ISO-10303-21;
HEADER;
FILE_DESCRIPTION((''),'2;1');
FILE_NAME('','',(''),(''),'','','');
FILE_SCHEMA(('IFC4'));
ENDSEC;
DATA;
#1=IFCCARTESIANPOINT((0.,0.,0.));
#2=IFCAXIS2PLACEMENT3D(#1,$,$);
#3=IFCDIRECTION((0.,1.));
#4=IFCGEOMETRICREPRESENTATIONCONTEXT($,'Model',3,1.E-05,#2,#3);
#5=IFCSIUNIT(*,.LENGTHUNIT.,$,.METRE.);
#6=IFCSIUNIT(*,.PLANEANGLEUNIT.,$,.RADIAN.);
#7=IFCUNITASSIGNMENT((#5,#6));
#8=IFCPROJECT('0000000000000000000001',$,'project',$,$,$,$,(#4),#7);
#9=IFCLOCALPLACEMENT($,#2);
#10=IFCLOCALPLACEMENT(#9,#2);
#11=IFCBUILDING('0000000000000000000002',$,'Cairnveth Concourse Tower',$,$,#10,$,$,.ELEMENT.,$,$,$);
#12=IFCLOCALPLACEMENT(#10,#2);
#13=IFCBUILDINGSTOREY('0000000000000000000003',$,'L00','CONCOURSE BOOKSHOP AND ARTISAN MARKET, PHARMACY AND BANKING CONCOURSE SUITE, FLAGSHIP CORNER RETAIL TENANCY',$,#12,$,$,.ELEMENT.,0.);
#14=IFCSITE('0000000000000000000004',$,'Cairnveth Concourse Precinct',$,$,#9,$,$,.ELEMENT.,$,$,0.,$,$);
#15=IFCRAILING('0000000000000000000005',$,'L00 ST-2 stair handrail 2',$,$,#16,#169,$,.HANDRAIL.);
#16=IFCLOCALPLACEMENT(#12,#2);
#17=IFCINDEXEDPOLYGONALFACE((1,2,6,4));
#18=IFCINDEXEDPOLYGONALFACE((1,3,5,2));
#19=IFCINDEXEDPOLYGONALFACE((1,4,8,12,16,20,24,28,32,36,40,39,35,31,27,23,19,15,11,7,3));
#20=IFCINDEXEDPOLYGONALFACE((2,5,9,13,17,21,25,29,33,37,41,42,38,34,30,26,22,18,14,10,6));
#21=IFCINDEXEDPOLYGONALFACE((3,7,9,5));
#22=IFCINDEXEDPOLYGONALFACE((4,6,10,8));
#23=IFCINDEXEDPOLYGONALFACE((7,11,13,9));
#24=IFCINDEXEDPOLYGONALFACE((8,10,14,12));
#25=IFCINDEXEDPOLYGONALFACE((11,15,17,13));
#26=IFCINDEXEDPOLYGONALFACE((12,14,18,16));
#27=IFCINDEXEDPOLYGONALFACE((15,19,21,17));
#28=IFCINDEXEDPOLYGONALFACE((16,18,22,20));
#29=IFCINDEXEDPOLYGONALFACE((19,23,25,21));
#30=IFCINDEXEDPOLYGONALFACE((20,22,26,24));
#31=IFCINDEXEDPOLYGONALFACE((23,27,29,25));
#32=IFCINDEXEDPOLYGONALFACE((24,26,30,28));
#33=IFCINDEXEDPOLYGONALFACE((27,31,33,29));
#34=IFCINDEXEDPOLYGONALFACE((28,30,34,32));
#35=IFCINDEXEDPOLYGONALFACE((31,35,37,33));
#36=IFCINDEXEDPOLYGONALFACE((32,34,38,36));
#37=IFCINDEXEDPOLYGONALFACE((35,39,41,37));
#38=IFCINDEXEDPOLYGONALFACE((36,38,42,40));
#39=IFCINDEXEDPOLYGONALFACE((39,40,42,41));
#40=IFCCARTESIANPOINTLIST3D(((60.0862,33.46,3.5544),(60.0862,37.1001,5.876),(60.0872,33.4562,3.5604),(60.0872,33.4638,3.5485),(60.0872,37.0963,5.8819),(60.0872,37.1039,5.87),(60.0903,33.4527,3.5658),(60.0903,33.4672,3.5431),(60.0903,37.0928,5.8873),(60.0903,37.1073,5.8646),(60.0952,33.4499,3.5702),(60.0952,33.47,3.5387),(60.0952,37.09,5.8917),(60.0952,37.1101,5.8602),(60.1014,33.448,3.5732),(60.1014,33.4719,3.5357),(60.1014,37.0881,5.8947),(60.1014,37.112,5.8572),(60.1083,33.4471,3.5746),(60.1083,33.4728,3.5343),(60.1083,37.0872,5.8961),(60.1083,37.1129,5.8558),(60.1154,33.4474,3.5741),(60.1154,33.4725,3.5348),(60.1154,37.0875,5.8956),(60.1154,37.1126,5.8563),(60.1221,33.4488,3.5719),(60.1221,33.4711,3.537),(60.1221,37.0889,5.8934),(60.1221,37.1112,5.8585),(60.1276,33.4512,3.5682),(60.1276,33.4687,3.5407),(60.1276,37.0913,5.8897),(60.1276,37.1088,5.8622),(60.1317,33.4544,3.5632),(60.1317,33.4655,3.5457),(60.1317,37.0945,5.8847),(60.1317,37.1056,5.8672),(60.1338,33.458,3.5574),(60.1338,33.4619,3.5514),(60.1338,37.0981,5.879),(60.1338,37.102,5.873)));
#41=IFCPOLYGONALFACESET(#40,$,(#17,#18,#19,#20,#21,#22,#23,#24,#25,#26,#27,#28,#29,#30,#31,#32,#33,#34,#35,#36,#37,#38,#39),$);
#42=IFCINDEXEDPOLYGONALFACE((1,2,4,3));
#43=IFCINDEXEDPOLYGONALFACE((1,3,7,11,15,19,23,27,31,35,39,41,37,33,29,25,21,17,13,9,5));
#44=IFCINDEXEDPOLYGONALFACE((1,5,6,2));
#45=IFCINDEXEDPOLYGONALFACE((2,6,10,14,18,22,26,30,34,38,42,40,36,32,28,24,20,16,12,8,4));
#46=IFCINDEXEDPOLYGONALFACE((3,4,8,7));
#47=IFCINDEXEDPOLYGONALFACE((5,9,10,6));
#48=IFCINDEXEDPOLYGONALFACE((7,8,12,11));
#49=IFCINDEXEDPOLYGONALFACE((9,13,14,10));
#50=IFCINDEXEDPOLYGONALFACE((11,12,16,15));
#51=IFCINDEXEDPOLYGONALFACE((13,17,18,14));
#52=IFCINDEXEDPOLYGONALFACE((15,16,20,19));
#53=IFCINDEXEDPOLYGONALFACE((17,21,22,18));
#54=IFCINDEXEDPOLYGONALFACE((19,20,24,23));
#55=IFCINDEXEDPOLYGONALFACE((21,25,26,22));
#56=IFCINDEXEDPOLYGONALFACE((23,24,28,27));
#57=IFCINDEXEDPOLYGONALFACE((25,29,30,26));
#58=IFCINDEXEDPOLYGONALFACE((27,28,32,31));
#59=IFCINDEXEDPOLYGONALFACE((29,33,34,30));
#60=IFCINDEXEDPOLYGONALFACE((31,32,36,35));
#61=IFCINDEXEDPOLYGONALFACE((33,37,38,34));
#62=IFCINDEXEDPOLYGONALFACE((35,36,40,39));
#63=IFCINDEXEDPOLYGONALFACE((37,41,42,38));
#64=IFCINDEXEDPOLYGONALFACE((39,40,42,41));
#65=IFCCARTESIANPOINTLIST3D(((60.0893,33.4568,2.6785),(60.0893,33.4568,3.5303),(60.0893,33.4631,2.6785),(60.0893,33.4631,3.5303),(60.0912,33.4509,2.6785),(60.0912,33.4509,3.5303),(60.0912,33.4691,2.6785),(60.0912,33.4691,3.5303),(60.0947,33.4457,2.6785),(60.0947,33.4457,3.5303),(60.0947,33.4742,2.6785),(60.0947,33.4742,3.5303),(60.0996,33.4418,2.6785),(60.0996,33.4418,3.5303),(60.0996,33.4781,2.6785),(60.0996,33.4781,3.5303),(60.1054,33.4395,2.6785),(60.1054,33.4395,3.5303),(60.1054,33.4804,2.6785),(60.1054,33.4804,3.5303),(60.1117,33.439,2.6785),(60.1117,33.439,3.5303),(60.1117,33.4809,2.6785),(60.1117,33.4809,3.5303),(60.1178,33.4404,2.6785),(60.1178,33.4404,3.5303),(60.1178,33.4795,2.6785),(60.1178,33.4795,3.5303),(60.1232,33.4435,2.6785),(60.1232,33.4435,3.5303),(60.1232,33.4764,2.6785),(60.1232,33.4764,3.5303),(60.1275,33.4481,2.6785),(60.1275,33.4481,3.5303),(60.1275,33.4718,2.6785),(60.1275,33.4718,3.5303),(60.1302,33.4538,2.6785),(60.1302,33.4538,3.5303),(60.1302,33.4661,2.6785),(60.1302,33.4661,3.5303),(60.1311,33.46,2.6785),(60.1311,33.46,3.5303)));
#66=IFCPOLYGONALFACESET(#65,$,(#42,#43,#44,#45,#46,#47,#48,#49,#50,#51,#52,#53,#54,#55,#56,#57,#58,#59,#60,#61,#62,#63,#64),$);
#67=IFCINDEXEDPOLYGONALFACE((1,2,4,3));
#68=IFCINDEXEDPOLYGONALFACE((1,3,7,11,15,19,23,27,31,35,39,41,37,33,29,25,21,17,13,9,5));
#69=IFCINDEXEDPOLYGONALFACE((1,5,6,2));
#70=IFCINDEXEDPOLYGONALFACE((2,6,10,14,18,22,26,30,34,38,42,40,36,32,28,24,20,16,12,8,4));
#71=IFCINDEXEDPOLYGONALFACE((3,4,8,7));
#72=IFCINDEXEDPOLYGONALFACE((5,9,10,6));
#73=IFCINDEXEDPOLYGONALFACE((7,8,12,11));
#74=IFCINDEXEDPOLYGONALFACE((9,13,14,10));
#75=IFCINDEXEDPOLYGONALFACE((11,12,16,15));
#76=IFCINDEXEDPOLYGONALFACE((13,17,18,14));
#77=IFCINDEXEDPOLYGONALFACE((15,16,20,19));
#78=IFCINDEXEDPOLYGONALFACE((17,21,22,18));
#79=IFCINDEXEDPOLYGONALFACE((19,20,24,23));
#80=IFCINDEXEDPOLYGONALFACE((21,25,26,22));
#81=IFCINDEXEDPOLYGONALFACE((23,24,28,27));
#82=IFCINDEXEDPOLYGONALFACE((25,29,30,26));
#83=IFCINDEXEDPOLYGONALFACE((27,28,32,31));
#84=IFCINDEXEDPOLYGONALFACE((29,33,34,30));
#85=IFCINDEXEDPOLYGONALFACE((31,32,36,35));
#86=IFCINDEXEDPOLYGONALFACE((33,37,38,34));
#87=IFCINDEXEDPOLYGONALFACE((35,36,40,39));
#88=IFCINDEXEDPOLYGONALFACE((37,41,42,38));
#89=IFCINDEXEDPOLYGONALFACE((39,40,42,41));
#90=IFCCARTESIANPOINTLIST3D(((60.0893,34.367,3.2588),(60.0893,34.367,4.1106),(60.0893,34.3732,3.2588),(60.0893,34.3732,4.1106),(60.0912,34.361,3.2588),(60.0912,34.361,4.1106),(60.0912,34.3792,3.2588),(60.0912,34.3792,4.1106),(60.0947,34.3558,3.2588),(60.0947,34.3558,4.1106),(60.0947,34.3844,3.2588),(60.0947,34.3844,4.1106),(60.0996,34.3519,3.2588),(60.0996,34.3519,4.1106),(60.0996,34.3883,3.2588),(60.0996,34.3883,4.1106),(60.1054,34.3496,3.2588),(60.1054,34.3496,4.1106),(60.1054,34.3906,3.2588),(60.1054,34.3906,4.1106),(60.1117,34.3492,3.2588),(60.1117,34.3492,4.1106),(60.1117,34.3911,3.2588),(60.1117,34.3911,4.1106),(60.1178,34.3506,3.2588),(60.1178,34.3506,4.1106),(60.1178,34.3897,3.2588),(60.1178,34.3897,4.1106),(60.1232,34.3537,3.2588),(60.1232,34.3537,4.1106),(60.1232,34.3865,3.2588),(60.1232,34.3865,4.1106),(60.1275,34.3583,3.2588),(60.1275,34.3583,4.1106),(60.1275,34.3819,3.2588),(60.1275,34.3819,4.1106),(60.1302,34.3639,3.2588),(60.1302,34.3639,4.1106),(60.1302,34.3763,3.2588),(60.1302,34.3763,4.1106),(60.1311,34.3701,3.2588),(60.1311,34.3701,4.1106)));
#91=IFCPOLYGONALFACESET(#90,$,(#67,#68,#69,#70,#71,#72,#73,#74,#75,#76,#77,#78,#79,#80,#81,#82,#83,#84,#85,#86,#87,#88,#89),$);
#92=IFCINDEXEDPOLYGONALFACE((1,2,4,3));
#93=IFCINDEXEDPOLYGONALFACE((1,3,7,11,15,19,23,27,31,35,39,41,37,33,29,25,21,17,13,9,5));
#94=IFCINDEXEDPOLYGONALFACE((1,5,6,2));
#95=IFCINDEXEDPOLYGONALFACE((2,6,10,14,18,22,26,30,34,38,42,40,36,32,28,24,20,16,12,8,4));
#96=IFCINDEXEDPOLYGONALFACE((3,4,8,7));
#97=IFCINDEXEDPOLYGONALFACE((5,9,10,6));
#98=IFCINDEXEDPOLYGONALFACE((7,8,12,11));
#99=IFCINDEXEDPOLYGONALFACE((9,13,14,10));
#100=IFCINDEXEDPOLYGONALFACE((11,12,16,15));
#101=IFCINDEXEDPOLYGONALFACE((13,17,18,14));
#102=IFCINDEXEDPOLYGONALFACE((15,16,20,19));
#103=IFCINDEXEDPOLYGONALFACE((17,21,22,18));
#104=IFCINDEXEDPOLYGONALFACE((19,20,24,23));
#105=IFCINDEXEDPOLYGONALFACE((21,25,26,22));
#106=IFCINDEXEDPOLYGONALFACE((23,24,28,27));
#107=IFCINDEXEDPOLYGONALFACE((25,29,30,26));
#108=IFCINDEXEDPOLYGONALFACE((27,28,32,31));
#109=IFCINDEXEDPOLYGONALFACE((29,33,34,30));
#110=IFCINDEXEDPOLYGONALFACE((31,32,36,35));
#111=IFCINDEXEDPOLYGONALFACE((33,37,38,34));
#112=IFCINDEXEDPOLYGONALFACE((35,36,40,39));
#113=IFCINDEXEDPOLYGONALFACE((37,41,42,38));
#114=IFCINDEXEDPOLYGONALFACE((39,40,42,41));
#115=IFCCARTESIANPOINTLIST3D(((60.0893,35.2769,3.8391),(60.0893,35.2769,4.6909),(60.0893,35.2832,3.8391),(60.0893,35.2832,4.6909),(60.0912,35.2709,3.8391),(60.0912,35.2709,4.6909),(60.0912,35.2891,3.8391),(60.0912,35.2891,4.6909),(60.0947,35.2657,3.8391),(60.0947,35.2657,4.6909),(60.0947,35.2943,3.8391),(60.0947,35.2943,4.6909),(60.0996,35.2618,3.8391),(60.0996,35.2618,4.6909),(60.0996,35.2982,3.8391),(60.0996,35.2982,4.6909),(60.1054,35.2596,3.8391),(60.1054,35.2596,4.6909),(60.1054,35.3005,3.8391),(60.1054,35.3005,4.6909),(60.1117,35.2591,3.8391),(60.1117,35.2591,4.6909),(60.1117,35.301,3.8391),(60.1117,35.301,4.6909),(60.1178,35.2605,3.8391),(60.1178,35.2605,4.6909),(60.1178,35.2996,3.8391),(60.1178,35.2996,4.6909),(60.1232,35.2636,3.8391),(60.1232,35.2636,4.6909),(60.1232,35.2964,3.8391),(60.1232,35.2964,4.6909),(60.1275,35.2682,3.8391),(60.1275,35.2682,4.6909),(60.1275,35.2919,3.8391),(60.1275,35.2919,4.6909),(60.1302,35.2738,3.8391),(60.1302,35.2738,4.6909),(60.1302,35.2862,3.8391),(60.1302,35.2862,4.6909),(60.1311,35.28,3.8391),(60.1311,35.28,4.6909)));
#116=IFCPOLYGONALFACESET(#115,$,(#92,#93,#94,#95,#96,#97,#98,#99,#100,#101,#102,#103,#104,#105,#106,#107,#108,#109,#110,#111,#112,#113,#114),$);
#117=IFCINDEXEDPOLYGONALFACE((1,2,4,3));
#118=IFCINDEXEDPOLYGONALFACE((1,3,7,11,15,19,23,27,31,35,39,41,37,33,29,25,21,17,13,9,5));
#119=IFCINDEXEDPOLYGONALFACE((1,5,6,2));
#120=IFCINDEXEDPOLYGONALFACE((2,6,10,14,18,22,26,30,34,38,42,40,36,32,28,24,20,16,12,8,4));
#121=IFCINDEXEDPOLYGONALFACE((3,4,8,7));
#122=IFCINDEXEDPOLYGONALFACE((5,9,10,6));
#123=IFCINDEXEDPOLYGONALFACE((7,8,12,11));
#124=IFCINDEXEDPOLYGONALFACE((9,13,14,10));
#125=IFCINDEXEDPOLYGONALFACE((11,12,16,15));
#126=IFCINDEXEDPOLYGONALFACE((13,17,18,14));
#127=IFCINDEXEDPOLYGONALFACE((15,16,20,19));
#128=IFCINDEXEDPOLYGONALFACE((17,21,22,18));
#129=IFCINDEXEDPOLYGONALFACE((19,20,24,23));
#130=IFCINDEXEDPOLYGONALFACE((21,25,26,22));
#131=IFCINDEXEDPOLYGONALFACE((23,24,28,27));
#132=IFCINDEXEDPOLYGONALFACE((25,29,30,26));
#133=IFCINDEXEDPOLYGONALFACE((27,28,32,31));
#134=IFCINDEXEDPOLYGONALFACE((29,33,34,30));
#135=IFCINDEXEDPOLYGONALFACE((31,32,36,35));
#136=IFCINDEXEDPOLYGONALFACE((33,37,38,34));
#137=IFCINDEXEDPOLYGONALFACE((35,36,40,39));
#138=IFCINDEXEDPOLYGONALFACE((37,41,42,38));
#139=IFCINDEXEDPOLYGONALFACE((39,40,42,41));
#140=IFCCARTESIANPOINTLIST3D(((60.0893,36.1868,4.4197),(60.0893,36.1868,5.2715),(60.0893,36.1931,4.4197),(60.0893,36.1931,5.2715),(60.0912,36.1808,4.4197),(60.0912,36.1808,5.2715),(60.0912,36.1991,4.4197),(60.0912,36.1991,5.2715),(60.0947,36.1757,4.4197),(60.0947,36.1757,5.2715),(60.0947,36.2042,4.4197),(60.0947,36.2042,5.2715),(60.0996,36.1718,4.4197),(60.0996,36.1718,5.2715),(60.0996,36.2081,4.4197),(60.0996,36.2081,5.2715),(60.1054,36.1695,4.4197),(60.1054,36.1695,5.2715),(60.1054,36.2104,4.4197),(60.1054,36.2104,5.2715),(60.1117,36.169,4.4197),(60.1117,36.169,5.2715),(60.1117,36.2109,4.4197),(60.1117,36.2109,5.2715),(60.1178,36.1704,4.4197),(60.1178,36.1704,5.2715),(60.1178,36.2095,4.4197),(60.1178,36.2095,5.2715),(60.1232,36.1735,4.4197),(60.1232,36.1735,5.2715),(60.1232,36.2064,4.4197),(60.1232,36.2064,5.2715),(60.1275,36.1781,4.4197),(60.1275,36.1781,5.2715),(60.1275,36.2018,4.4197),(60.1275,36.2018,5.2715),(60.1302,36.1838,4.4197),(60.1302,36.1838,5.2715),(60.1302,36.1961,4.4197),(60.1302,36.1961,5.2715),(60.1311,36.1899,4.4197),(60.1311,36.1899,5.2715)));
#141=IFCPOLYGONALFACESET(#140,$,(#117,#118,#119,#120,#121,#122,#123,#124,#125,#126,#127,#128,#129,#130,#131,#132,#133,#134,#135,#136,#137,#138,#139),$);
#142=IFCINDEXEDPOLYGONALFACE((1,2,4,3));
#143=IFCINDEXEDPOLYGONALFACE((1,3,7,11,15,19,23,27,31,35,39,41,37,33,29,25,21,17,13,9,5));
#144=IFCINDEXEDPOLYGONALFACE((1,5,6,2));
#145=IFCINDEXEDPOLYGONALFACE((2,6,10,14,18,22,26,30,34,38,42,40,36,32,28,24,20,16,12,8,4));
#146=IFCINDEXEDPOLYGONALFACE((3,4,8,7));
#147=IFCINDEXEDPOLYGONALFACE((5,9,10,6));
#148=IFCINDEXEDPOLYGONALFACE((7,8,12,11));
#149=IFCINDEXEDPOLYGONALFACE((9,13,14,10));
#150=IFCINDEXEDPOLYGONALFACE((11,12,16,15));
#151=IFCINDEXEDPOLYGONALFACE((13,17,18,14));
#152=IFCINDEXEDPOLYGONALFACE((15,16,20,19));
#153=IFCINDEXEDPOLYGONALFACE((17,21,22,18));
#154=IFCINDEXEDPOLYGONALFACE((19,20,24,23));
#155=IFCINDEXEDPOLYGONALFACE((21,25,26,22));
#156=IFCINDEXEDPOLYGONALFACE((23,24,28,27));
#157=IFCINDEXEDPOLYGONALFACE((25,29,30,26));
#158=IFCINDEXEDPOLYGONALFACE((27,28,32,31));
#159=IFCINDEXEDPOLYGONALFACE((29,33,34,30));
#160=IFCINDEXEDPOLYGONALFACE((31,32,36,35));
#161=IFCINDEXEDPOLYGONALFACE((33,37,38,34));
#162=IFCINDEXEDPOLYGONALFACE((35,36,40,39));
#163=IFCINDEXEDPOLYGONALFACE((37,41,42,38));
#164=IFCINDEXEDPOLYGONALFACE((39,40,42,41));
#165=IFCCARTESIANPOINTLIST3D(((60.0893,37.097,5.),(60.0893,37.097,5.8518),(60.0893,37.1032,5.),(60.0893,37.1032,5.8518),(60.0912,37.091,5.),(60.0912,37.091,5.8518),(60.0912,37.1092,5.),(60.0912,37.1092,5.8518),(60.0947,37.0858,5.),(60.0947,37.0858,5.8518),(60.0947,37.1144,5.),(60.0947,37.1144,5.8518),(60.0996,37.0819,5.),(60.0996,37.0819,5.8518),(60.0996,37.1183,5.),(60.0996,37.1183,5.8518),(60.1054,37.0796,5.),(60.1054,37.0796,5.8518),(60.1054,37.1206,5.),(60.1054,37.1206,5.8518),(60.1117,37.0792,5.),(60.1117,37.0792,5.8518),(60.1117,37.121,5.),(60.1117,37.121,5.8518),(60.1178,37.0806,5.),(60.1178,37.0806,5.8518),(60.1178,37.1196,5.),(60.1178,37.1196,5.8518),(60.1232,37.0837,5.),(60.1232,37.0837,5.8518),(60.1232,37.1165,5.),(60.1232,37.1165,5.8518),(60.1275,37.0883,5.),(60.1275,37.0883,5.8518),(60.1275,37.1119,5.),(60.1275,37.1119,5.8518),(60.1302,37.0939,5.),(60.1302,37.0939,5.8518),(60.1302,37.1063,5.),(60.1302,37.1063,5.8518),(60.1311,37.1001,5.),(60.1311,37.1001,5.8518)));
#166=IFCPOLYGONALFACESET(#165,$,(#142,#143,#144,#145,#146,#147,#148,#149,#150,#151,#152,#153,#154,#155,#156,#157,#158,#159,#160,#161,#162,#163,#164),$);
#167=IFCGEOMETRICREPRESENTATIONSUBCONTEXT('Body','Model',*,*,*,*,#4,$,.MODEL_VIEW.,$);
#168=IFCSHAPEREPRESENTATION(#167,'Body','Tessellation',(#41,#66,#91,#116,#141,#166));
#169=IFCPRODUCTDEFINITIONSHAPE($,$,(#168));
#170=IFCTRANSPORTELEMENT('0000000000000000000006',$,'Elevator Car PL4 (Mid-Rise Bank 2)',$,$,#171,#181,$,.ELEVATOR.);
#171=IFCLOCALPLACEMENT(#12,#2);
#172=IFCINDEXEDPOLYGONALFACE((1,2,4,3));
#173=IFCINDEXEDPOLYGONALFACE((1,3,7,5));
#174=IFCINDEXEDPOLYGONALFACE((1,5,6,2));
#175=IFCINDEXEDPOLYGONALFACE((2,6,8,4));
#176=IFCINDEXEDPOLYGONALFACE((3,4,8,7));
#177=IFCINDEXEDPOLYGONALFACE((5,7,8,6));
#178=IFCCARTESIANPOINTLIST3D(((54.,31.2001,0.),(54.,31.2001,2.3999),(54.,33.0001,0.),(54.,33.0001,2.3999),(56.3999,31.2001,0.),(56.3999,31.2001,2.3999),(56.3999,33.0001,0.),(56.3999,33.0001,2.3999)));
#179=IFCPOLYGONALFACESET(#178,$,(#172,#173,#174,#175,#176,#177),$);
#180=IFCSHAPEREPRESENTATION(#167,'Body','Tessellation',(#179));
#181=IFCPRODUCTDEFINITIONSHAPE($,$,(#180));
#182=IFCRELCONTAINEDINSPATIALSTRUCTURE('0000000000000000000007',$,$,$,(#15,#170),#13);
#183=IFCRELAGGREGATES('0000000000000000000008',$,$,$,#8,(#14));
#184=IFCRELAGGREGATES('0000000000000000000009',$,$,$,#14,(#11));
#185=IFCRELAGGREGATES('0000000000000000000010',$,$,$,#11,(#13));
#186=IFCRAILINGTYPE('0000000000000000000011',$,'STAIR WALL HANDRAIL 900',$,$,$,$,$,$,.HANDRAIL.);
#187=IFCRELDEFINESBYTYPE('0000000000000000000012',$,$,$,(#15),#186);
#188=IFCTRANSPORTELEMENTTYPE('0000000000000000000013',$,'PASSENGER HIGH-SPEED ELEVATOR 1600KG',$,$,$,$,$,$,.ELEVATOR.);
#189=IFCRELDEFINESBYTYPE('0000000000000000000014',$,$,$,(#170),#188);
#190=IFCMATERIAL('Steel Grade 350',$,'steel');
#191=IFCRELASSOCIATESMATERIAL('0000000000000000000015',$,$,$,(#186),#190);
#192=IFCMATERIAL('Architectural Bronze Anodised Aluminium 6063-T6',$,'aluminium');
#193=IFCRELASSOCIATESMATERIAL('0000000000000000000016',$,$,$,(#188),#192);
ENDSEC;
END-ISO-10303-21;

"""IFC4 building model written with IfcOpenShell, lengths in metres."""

from ifc_helpers import new_model, si_unit, direction, frame, origin, origin_2d, place, context, subcontext, project, spatial, rectangle, circle, extrude, material, type_object, element, save


model = new_model("IFC4")

# Units and contexts
model_context = context("Model", 3, precision=1e-05, world=origin(), true_north=direction((0.0, 1.0)))
body_context = subcontext(model_context, "Body", "Model", "MODEL_VIEW")
ifc_project = project(units=[si_unit("LENGTHUNIT", "METRE"), si_unit("PLANEANGLEUNIT", "RADIAN")], contexts=[model_context])

# Site, building, storey
site_placement = place(None, origin())
site = spatial("IfcSite", under=ifc_project, at=site_placement, Name="Cairnveth Concourse Precinct", CompositionType="ELEMENT", RefElevation=0.0)
building_placement = place(site_placement, origin())
building = spatial("IfcBuilding", under=site, at=building_placement, Name="Cairnveth Concourse Tower", CompositionType="ELEMENT")
storey_placement = place(building_placement, origin())
storey = spatial("IfcBuildingStorey", under=building, at=storey_placement, Name="L00", Description="CONCOURSE BOOKSHOP AND ARTISAN MARKET, PHARMACY AND BANKING CONCOURSE SUITE, FLAGSHIP CORNER RETAIL TENANCY", CompositionType="ELEMENT", Elevation=0.0)

# Shared definitions
ifc_material_1 = material(Name="Architectural Bronze Anodised Aluminium 6063-T6", Category="aluminium")

# Shared definitions
ifc_material_2 = material(Name="Steel Grade 350", Category="steel")

# Railing
railing_type_1 = type_object("IfcRailingType", Name="STAIR WALL HANDRAIL 900", PredefinedType="HANDRAIL", material=ifc_material_2)
railing_1_placement = place(storey_placement, frame((60.1101, 33.46, 2.6785)))
element("IfcRailing", 1, at=railing_1_placement, inside=storey, type_object=railing_type_1, Name="L00 ST-2 stair handrail 2", PredefinedType="HANDRAIL", context=body_context, shape_type="SweptSolid", body=[
    extrude(circle(Radius=0.0239, at=origin_2d()), frame((0.0, 0.0, 0.876), z_axis=(0.0, 0.843128, 0.537713), x_axis=(-1.0, 0.0, 0.0)), (0.0, 0.0, 1.0), 4.3174),
    extrude(circle(Radius=0.021, at=origin_2d()), origin(), (0.0, 0.0, 1.0), 0.8518),
    extrude(circle(Radius=0.021, at=origin_2d()), frame((0.0, 0.9102, 0.5803)), (0.0, 0.0, 1.0), 0.8518),
    extrude(circle(Radius=0.021, at=origin_2d()), frame((0.0, 1.8201, 1.1606)), (0.0, 0.0, 1.0), 0.8518),
    extrude(circle(Radius=0.021, at=origin_2d()), frame((0.0, 2.73, 1.7412)), (0.0, 0.0, 1.0), 0.8518),
    extrude(circle(Radius=0.021, at=origin_2d()), frame((0.0, 3.6401, 2.3215)), (0.0, 0.0, 1.0), 0.8518),
])

# Transport element
transport_element_type = type_object("IfcTransportElementType", Name="PASSENGER HIGH-SPEED ELEVATOR 1600KG", PredefinedType="ELEVATOR", material=ifc_material_1)
transport_element_placement = place(storey_placement, frame((55.2, 32.1001, 0.0), z_axis=(0.0, 0.0, 1.0), x_axis=(1.0, 0.0, 0.0)))
element("IfcTransportElement", 2, at=transport_element_placement, inside=storey, type_object=transport_element_type, Name="Elevator Car PL4 (Mid-Rise Bank 2)", PredefinedType="ELEVATOR", context=body_context, shape_type="SweptSolid", body=[
    extrude(rectangle(XDim=2.3999, YDim=1.8, at=origin_2d()), origin(), (0.0, 0.0, 1.0), 2.3999),
])

save(model, "model.ifc")
